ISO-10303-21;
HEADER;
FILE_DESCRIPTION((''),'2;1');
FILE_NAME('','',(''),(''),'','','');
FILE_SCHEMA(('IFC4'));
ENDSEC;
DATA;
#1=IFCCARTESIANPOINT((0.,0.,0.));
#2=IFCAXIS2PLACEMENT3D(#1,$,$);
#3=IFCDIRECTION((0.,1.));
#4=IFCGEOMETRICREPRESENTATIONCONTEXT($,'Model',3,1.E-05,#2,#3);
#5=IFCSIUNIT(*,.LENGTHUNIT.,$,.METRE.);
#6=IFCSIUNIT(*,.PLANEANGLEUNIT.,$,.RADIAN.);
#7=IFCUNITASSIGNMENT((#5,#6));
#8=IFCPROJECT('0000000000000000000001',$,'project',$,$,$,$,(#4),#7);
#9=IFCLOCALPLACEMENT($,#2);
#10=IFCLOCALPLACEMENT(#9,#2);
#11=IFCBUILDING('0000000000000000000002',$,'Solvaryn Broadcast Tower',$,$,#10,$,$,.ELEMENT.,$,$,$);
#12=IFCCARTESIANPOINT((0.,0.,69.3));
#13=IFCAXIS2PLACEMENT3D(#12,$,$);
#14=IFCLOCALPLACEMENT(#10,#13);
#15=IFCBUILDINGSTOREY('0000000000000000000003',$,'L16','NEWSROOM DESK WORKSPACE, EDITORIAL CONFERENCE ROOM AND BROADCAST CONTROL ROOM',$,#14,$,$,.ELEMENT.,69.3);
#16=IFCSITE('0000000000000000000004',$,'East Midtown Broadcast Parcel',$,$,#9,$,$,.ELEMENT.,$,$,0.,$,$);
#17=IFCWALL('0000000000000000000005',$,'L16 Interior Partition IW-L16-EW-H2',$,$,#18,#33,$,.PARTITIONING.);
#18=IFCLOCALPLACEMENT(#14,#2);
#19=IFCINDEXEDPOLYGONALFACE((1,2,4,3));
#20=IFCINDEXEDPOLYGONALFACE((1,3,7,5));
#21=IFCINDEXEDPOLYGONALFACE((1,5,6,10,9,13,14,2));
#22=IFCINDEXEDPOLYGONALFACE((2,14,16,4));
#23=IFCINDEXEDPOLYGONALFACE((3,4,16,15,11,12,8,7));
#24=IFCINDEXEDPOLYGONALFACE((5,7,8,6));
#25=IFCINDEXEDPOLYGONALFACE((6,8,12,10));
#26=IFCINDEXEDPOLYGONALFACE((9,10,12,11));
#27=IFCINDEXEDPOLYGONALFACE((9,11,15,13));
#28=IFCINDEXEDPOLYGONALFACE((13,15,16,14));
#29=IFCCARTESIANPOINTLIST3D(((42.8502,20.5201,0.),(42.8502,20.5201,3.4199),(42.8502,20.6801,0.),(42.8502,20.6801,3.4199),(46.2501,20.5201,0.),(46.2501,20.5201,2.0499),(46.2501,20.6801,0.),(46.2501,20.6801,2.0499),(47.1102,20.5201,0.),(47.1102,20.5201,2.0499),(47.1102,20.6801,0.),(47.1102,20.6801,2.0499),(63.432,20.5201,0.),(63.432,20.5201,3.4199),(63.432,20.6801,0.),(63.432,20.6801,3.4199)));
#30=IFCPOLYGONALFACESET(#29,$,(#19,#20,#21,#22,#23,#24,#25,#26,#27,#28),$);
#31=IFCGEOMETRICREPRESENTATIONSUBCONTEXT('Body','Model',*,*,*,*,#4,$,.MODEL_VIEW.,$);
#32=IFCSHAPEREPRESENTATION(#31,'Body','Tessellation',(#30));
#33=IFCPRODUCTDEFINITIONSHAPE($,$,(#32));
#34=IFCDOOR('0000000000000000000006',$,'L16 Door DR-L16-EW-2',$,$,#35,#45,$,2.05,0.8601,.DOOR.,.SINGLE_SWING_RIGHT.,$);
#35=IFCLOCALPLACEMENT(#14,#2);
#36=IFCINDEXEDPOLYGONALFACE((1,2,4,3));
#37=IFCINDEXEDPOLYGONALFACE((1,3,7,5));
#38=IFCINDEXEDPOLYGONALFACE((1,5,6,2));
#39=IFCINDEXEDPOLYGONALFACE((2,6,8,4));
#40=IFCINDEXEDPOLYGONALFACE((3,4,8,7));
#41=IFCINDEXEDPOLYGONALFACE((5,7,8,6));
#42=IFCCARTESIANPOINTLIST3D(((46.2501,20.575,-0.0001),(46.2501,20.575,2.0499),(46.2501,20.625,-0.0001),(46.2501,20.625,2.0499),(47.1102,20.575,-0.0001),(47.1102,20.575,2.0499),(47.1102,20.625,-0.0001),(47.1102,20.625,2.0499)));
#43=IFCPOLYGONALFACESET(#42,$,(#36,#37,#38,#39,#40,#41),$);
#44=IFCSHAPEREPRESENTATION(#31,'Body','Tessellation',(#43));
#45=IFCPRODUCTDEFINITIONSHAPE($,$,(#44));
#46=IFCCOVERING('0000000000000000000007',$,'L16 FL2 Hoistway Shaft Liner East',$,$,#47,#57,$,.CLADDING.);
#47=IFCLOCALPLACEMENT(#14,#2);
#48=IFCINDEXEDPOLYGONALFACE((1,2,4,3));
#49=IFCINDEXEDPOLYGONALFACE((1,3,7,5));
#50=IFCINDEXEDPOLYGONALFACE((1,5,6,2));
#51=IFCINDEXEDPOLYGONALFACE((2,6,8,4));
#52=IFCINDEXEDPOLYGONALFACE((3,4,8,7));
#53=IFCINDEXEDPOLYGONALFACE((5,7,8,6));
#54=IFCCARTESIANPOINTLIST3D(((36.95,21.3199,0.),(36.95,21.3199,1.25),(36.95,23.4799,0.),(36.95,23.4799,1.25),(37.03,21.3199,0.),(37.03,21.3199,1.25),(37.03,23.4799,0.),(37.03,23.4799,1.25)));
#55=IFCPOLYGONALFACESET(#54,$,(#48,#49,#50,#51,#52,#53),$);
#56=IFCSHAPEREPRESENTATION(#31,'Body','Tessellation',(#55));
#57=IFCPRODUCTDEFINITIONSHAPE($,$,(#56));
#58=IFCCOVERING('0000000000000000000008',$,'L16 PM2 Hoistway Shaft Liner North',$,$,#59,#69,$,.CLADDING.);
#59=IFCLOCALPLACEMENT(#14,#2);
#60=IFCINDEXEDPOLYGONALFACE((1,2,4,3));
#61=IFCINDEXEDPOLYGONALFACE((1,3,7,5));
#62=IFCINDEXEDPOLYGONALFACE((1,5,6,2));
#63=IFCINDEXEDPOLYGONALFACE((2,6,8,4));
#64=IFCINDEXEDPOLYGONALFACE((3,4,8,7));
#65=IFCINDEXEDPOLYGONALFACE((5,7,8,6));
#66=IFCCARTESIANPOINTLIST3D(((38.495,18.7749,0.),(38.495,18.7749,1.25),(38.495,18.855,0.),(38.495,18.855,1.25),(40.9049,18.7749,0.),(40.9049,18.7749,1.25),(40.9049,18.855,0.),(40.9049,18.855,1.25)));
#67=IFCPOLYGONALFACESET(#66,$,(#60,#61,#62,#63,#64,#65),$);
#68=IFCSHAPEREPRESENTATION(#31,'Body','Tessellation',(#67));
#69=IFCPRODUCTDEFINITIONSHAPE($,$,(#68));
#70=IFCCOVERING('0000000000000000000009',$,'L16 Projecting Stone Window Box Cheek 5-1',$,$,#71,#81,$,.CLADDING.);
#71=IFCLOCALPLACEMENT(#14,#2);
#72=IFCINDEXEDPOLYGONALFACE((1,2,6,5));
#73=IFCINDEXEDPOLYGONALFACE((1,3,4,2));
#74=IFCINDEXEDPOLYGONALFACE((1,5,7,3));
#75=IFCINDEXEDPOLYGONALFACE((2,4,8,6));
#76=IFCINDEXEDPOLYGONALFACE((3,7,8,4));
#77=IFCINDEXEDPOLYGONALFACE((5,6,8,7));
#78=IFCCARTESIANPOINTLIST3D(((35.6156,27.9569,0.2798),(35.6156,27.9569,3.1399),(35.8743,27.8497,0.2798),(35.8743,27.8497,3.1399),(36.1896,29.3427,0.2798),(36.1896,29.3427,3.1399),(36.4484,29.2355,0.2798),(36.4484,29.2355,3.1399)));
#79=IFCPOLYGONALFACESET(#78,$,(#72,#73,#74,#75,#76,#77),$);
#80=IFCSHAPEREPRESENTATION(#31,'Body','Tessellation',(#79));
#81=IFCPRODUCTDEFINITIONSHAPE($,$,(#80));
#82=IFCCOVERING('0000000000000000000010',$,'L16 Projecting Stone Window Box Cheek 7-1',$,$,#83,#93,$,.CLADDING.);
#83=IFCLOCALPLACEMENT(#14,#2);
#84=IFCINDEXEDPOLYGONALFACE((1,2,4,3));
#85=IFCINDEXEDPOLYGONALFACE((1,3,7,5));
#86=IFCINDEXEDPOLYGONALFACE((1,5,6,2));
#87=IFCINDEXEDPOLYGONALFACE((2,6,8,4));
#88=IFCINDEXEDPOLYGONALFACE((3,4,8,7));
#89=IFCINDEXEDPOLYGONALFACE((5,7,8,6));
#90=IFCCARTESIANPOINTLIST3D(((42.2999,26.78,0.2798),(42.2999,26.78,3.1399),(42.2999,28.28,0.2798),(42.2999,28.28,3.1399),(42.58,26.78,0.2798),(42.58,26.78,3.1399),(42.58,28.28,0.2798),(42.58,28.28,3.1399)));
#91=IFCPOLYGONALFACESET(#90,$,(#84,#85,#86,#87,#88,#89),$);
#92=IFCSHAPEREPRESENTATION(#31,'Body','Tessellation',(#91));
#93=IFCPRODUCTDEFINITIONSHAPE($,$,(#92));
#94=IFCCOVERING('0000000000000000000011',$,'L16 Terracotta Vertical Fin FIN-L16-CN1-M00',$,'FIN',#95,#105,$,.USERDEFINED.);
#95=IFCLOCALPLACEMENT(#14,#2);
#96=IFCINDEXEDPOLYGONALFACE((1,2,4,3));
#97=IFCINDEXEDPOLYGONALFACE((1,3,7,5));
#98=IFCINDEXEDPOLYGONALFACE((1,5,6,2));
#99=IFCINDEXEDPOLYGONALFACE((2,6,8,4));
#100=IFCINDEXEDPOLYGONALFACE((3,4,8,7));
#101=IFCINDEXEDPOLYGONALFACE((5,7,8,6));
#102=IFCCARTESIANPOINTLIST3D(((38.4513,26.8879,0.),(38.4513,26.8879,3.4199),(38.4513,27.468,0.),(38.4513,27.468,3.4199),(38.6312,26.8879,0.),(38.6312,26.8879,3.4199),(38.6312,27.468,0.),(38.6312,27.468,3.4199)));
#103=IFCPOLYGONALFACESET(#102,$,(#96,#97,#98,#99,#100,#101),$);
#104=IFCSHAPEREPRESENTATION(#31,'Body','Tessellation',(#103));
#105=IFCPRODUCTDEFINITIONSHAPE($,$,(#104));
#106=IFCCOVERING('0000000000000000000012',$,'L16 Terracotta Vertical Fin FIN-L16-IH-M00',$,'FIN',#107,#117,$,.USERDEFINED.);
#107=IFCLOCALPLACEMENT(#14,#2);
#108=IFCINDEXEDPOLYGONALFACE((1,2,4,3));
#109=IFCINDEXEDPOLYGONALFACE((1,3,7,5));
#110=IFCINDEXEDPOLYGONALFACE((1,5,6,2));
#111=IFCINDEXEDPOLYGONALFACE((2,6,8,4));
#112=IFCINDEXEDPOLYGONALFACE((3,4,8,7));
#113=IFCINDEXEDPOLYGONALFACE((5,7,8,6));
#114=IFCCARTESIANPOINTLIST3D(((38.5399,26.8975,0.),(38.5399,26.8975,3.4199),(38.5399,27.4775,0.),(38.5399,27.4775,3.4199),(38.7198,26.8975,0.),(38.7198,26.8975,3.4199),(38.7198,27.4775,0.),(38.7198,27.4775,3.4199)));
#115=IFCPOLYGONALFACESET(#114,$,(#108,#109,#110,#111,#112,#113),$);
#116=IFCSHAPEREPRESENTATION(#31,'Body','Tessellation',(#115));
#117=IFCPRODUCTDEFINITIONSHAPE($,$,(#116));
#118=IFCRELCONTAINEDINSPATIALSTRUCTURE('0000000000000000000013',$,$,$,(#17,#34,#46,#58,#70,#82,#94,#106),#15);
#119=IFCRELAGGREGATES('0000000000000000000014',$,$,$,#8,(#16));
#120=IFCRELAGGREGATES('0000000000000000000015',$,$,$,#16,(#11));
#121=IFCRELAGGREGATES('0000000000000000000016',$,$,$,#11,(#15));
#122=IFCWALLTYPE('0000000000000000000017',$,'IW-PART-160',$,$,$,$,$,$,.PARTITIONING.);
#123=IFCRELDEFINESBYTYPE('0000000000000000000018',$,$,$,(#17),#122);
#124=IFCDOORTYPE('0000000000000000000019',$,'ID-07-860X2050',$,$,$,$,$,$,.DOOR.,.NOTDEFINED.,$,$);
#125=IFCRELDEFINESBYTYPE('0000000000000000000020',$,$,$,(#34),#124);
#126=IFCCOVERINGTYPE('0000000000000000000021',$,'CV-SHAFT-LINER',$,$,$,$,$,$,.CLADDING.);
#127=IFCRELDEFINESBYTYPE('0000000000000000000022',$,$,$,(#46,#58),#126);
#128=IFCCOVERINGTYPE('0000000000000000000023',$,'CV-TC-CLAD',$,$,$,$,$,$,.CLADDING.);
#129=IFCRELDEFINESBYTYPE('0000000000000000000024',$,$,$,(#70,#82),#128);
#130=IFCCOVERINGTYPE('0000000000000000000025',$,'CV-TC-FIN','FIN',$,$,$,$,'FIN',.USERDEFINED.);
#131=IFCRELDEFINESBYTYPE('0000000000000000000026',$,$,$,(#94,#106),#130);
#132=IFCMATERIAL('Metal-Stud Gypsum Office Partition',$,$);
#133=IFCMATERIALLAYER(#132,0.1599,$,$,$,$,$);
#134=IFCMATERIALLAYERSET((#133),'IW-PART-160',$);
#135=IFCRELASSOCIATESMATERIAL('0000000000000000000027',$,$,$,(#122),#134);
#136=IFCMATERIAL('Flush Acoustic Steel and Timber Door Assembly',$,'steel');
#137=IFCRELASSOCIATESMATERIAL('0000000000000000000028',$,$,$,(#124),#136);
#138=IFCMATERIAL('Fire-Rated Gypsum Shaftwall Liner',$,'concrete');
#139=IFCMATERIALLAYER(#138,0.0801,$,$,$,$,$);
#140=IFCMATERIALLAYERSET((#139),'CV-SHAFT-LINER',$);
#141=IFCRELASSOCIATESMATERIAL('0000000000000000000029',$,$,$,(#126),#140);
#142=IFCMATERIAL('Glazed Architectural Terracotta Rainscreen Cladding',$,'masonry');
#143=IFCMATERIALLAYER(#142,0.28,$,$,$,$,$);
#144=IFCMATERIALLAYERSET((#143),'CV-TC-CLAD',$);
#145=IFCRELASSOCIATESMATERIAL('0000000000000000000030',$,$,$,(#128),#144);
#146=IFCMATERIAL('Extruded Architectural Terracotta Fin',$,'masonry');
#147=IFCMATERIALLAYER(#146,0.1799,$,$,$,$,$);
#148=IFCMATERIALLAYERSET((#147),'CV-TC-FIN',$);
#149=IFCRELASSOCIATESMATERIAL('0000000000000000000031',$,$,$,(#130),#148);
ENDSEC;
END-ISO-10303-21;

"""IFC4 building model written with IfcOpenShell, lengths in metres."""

from ifc_helpers import new_model, si_unit, direction, frame, frame_2d, origin, origin_2d, place, context, subcontext, project, spatial, rectangle, extrude, material, layer, layer_set, type_object, element, fill, save


model = new_model("IFC4")

# Units and contexts
model_context = context("Model", 3, precision=1e-05, world=origin(), true_north=direction((0.0, 1.0)))
body_context = subcontext(model_context, "Body", "Model", "MODEL_VIEW")
ifc_project = project(units=[si_unit("LENGTHUNIT", "METRE"), si_unit("PLANEANGLEUNIT", "RADIAN")], contexts=[model_context])

# Site, building, storey
site_placement = place(None, origin())
site = spatial("IfcSite", under=ifc_project, at=site_placement, Name="East Midtown Broadcast Parcel", CompositionType="ELEMENT", RefElevation=0.0)
building_placement = place(site_placement, origin())
building = spatial("IfcBuilding", under=site, at=building_placement, Name="Solvaryn Broadcast Tower", CompositionType="ELEMENT")
storey_placement = place(building_placement, frame((0.0, 0.0, 69.3)))
storey = spatial("IfcBuildingStorey", under=building, at=storey_placement, Name="L16", Description="NEWSROOM DESK WORKSPACE, EDITORIAL CONFERENCE ROOM AND BROADCAST CONTROL ROOM", CompositionType="ELEMENT", Elevation=69.3)

# Wall, opening, door
ifc_material_1 = material(Name="Metal-Stud Gypsum Office Partition")
ifc_layer_1 = layer(ifc_material_1, 0.1599)
ifc_layer_set_1 = layer_set([ifc_layer_1], Name="IW-PART-160")
wall_type_1 = type_object("IfcWallType", Name="IW-PART-160", PredefinedType="PARTITIONING", material=ifc_layer_set_1)
wall_1_placement = place(storey_placement, frame((42.8501, 20.6001, 0.0), z_axis=(0.0, 0.0, 1.0), x_axis=(1.0, 0.0, 0.0)))
wall_1 = element("IfcWall", 1, at=wall_1_placement, inside=storey, type_object=wall_type_1, Name="L16 Interior Partition IW-L16-EW-H2", PredefinedType="PARTITIONING", context=body_context, shape_type="SweptSolid", body=[
    extrude(rectangle(XDim=20.5818, YDim=0.1599, at=frame_2d((10.291, 0.0))), origin(), (0.0, 0.0, 1.0), 3.4199),
])
opening_1_placement = place(wall_1_placement, frame((3.3999, 0.0, 0.0)))
opening_1 = element("IfcOpeningElement", 2, at=opening_1_placement, cuts=wall_1, PredefinedType="OPENING", context=body_context, shape_type="SweptSolid", body=[
    extrude(rectangle(XDim=0.8601, YDim=2.05, at=frame_2d((0.4302, 1.0249))), frame((0.0, 0.0901, 0.0), z_axis=(0.0, -1.0, 0.0), x_axis=(1.0, 0.0, 0.0)), (0.0, 0.0, 1.0), 0.1799),
])
ifc_material_2 = material(Name="Flush Acoustic Steel and Timber Door Assembly", Category="steel")
door_type_1 = type_object("IfcDoorType", Name="ID-07-860X2050", OperationType="NOTDEFINED", PredefinedType="DOOR", material=ifc_material_2)
door_1_placement = place(opening_1_placement, origin())
door_1 = element("IfcDoor", 3, at=door_1_placement, inside=storey, type_object=door_type_1, Name="L16 Door DR-L16-EW-2", OperationType="SINGLE_SWING_RIGHT", OverallHeight=2.05, OverallWidth=0.8601, PredefinedType="DOOR", context=body_context, shape_type="SweptSolid", body=[
    extrude(rectangle(XDim=0.8601, YDim=2.05, at=frame_2d((0.4302, 1.0249))), frame((0.0, 0.0249, 0.0), z_axis=(0.0, -1.0, 0.0), x_axis=(1.0, 0.0, 0.0)), (0.0, 0.0, 1.0), 0.05),
])
fill(opening_1, door_1)

# Coverings
ifc_material_3 = material(Name="Fire-Rated Gypsum Shaftwall Liner", Category="concrete")
ifc_layer_2 = layer(ifc_material_3, 0.0801)
ifc_layer_set_2 = layer_set([ifc_layer_2], Name="CV-SHAFT-LINER")
covering_type_1 = type_object("IfcCoveringType", Name="CV-SHAFT-LINER", PredefinedType="CLADDING", material=ifc_layer_set_2)
covering_1_placement = place(storey_placement, frame((36.99, 22.3999, 0.0), z_axis=(0.0, 0.0, 1.0), x_axis=(1.0, 0.0, 0.0)))
element("IfcCovering", 4, at=covering_1_placement, inside=storey, type_object=covering_type_1, Name="L16 FL2 Hoistway Shaft Liner East", PredefinedType="CLADDING", context=body_context, shape_type="SweptSolid", body=[
    extrude(rectangle(XDim=0.0801, YDim=2.1599, at=origin_2d()), origin(), (0.0, 0.0, 1.0), 1.25),
])
covering_2_placement = place(storey_placement, frame((39.7, 18.8149, 0.0), z_axis=(0.0, 0.0, 1.0), x_axis=(1.0, 0.0, 0.0)))
element("IfcCovering", 5, at=covering_2_placement, inside=storey, type_object=covering_type_1, Name="L16 PM2 Hoistway Shaft Liner North", PredefinedType="CLADDING", context=body_context, shape_type="SweptSolid", body=[
    extrude(rectangle(XDim=2.4099, YDim=0.0801, at=origin_2d()), origin(), (0.0, 0.0, 1.0), 1.25),
])
ifc_material_4 = material(Name="Glazed Architectural Terracotta Rainscreen Cladding", Category="masonry")
ifc_layer_3 = layer(ifc_material_4, 0.28)
ifc_layer_set_3 = layer_set([ifc_layer_3], Name="CV-TC-CLAD")
covering_type_2 = type_object("IfcCoveringType", Name="CV-TC-CLAD", PredefinedType="CLADDING", material=ifc_layer_set_3)
for number, where, z_axis, x_axis, name in (
    (6, (36.032, 28.5962, 0.2798), (0.0, 0.0, 1.0), (-0.92388, 0.382683, 0.0), "L16 Projecting Stone Window Box Cheek 5-1"),
    (7, (42.4399, 27.53, 0.2798), (0.0, 0.0, 1.0), (1.0, 0.0, 0.0), "L16 Projecting Stone Window Box Cheek 7-1"),
):
    element("IfcCovering", number, at=place(storey_placement, frame(where, z_axis=z_axis, x_axis=x_axis)), inside=storey, type_object=covering_type_2, Name=name, PredefinedType="CLADDING", context=body_context, shape_type="SweptSolid", body=[
        extrude(rectangle(XDim=0.28, YDim=1.5, at=origin_2d()), origin(), (0.0, 0.0, 1.0), 2.8601),
    ])
ifc_material_5 = material(Name="Extruded Architectural Terracotta Fin", Category="masonry")
ifc_layer_4 = layer(ifc_material_5, 0.1799)
ifc_layer_set_4 = layer_set([ifc_layer_4], Name="CV-TC-FIN")
covering_type_3 = type_object("IfcCoveringType", Name="CV-TC-FIN", Description="FIN", ElementType="FIN", PredefinedType="USERDEFINED", material=ifc_layer_set_4)
for number, where, z_axis, x_axis, name in (
    (8, (38.5413, 27.178, 0.0), (0.0, 0.0, 1.0), (1.0, 0.0, 0.0), "L16 Terracotta Vertical Fin FIN-L16-CN1-M00"),
    (9, (38.6299, 27.1875, 0.0), (0.0, 0.0, 1.0), (1.0, 0.0, 0.0), "L16 Terracotta Vertical Fin FIN-L16-IH-M00"),
):
    element("IfcCovering", number, at=place(storey_placement, frame(where, z_axis=z_axis, x_axis=x_axis)), inside=storey, type_object=covering_type_3, Name=name, ObjectType="FIN", PredefinedType="USERDEFINED", context=body_context, shape_type="SweptSolid", body=[
        extrude(rectangle(XDim=0.1799, YDim=0.5801, at=origin_2d()), origin(), (0.0, 0.0, 1.0), 3.4199),
    ])

save(model, "model.ifc")
